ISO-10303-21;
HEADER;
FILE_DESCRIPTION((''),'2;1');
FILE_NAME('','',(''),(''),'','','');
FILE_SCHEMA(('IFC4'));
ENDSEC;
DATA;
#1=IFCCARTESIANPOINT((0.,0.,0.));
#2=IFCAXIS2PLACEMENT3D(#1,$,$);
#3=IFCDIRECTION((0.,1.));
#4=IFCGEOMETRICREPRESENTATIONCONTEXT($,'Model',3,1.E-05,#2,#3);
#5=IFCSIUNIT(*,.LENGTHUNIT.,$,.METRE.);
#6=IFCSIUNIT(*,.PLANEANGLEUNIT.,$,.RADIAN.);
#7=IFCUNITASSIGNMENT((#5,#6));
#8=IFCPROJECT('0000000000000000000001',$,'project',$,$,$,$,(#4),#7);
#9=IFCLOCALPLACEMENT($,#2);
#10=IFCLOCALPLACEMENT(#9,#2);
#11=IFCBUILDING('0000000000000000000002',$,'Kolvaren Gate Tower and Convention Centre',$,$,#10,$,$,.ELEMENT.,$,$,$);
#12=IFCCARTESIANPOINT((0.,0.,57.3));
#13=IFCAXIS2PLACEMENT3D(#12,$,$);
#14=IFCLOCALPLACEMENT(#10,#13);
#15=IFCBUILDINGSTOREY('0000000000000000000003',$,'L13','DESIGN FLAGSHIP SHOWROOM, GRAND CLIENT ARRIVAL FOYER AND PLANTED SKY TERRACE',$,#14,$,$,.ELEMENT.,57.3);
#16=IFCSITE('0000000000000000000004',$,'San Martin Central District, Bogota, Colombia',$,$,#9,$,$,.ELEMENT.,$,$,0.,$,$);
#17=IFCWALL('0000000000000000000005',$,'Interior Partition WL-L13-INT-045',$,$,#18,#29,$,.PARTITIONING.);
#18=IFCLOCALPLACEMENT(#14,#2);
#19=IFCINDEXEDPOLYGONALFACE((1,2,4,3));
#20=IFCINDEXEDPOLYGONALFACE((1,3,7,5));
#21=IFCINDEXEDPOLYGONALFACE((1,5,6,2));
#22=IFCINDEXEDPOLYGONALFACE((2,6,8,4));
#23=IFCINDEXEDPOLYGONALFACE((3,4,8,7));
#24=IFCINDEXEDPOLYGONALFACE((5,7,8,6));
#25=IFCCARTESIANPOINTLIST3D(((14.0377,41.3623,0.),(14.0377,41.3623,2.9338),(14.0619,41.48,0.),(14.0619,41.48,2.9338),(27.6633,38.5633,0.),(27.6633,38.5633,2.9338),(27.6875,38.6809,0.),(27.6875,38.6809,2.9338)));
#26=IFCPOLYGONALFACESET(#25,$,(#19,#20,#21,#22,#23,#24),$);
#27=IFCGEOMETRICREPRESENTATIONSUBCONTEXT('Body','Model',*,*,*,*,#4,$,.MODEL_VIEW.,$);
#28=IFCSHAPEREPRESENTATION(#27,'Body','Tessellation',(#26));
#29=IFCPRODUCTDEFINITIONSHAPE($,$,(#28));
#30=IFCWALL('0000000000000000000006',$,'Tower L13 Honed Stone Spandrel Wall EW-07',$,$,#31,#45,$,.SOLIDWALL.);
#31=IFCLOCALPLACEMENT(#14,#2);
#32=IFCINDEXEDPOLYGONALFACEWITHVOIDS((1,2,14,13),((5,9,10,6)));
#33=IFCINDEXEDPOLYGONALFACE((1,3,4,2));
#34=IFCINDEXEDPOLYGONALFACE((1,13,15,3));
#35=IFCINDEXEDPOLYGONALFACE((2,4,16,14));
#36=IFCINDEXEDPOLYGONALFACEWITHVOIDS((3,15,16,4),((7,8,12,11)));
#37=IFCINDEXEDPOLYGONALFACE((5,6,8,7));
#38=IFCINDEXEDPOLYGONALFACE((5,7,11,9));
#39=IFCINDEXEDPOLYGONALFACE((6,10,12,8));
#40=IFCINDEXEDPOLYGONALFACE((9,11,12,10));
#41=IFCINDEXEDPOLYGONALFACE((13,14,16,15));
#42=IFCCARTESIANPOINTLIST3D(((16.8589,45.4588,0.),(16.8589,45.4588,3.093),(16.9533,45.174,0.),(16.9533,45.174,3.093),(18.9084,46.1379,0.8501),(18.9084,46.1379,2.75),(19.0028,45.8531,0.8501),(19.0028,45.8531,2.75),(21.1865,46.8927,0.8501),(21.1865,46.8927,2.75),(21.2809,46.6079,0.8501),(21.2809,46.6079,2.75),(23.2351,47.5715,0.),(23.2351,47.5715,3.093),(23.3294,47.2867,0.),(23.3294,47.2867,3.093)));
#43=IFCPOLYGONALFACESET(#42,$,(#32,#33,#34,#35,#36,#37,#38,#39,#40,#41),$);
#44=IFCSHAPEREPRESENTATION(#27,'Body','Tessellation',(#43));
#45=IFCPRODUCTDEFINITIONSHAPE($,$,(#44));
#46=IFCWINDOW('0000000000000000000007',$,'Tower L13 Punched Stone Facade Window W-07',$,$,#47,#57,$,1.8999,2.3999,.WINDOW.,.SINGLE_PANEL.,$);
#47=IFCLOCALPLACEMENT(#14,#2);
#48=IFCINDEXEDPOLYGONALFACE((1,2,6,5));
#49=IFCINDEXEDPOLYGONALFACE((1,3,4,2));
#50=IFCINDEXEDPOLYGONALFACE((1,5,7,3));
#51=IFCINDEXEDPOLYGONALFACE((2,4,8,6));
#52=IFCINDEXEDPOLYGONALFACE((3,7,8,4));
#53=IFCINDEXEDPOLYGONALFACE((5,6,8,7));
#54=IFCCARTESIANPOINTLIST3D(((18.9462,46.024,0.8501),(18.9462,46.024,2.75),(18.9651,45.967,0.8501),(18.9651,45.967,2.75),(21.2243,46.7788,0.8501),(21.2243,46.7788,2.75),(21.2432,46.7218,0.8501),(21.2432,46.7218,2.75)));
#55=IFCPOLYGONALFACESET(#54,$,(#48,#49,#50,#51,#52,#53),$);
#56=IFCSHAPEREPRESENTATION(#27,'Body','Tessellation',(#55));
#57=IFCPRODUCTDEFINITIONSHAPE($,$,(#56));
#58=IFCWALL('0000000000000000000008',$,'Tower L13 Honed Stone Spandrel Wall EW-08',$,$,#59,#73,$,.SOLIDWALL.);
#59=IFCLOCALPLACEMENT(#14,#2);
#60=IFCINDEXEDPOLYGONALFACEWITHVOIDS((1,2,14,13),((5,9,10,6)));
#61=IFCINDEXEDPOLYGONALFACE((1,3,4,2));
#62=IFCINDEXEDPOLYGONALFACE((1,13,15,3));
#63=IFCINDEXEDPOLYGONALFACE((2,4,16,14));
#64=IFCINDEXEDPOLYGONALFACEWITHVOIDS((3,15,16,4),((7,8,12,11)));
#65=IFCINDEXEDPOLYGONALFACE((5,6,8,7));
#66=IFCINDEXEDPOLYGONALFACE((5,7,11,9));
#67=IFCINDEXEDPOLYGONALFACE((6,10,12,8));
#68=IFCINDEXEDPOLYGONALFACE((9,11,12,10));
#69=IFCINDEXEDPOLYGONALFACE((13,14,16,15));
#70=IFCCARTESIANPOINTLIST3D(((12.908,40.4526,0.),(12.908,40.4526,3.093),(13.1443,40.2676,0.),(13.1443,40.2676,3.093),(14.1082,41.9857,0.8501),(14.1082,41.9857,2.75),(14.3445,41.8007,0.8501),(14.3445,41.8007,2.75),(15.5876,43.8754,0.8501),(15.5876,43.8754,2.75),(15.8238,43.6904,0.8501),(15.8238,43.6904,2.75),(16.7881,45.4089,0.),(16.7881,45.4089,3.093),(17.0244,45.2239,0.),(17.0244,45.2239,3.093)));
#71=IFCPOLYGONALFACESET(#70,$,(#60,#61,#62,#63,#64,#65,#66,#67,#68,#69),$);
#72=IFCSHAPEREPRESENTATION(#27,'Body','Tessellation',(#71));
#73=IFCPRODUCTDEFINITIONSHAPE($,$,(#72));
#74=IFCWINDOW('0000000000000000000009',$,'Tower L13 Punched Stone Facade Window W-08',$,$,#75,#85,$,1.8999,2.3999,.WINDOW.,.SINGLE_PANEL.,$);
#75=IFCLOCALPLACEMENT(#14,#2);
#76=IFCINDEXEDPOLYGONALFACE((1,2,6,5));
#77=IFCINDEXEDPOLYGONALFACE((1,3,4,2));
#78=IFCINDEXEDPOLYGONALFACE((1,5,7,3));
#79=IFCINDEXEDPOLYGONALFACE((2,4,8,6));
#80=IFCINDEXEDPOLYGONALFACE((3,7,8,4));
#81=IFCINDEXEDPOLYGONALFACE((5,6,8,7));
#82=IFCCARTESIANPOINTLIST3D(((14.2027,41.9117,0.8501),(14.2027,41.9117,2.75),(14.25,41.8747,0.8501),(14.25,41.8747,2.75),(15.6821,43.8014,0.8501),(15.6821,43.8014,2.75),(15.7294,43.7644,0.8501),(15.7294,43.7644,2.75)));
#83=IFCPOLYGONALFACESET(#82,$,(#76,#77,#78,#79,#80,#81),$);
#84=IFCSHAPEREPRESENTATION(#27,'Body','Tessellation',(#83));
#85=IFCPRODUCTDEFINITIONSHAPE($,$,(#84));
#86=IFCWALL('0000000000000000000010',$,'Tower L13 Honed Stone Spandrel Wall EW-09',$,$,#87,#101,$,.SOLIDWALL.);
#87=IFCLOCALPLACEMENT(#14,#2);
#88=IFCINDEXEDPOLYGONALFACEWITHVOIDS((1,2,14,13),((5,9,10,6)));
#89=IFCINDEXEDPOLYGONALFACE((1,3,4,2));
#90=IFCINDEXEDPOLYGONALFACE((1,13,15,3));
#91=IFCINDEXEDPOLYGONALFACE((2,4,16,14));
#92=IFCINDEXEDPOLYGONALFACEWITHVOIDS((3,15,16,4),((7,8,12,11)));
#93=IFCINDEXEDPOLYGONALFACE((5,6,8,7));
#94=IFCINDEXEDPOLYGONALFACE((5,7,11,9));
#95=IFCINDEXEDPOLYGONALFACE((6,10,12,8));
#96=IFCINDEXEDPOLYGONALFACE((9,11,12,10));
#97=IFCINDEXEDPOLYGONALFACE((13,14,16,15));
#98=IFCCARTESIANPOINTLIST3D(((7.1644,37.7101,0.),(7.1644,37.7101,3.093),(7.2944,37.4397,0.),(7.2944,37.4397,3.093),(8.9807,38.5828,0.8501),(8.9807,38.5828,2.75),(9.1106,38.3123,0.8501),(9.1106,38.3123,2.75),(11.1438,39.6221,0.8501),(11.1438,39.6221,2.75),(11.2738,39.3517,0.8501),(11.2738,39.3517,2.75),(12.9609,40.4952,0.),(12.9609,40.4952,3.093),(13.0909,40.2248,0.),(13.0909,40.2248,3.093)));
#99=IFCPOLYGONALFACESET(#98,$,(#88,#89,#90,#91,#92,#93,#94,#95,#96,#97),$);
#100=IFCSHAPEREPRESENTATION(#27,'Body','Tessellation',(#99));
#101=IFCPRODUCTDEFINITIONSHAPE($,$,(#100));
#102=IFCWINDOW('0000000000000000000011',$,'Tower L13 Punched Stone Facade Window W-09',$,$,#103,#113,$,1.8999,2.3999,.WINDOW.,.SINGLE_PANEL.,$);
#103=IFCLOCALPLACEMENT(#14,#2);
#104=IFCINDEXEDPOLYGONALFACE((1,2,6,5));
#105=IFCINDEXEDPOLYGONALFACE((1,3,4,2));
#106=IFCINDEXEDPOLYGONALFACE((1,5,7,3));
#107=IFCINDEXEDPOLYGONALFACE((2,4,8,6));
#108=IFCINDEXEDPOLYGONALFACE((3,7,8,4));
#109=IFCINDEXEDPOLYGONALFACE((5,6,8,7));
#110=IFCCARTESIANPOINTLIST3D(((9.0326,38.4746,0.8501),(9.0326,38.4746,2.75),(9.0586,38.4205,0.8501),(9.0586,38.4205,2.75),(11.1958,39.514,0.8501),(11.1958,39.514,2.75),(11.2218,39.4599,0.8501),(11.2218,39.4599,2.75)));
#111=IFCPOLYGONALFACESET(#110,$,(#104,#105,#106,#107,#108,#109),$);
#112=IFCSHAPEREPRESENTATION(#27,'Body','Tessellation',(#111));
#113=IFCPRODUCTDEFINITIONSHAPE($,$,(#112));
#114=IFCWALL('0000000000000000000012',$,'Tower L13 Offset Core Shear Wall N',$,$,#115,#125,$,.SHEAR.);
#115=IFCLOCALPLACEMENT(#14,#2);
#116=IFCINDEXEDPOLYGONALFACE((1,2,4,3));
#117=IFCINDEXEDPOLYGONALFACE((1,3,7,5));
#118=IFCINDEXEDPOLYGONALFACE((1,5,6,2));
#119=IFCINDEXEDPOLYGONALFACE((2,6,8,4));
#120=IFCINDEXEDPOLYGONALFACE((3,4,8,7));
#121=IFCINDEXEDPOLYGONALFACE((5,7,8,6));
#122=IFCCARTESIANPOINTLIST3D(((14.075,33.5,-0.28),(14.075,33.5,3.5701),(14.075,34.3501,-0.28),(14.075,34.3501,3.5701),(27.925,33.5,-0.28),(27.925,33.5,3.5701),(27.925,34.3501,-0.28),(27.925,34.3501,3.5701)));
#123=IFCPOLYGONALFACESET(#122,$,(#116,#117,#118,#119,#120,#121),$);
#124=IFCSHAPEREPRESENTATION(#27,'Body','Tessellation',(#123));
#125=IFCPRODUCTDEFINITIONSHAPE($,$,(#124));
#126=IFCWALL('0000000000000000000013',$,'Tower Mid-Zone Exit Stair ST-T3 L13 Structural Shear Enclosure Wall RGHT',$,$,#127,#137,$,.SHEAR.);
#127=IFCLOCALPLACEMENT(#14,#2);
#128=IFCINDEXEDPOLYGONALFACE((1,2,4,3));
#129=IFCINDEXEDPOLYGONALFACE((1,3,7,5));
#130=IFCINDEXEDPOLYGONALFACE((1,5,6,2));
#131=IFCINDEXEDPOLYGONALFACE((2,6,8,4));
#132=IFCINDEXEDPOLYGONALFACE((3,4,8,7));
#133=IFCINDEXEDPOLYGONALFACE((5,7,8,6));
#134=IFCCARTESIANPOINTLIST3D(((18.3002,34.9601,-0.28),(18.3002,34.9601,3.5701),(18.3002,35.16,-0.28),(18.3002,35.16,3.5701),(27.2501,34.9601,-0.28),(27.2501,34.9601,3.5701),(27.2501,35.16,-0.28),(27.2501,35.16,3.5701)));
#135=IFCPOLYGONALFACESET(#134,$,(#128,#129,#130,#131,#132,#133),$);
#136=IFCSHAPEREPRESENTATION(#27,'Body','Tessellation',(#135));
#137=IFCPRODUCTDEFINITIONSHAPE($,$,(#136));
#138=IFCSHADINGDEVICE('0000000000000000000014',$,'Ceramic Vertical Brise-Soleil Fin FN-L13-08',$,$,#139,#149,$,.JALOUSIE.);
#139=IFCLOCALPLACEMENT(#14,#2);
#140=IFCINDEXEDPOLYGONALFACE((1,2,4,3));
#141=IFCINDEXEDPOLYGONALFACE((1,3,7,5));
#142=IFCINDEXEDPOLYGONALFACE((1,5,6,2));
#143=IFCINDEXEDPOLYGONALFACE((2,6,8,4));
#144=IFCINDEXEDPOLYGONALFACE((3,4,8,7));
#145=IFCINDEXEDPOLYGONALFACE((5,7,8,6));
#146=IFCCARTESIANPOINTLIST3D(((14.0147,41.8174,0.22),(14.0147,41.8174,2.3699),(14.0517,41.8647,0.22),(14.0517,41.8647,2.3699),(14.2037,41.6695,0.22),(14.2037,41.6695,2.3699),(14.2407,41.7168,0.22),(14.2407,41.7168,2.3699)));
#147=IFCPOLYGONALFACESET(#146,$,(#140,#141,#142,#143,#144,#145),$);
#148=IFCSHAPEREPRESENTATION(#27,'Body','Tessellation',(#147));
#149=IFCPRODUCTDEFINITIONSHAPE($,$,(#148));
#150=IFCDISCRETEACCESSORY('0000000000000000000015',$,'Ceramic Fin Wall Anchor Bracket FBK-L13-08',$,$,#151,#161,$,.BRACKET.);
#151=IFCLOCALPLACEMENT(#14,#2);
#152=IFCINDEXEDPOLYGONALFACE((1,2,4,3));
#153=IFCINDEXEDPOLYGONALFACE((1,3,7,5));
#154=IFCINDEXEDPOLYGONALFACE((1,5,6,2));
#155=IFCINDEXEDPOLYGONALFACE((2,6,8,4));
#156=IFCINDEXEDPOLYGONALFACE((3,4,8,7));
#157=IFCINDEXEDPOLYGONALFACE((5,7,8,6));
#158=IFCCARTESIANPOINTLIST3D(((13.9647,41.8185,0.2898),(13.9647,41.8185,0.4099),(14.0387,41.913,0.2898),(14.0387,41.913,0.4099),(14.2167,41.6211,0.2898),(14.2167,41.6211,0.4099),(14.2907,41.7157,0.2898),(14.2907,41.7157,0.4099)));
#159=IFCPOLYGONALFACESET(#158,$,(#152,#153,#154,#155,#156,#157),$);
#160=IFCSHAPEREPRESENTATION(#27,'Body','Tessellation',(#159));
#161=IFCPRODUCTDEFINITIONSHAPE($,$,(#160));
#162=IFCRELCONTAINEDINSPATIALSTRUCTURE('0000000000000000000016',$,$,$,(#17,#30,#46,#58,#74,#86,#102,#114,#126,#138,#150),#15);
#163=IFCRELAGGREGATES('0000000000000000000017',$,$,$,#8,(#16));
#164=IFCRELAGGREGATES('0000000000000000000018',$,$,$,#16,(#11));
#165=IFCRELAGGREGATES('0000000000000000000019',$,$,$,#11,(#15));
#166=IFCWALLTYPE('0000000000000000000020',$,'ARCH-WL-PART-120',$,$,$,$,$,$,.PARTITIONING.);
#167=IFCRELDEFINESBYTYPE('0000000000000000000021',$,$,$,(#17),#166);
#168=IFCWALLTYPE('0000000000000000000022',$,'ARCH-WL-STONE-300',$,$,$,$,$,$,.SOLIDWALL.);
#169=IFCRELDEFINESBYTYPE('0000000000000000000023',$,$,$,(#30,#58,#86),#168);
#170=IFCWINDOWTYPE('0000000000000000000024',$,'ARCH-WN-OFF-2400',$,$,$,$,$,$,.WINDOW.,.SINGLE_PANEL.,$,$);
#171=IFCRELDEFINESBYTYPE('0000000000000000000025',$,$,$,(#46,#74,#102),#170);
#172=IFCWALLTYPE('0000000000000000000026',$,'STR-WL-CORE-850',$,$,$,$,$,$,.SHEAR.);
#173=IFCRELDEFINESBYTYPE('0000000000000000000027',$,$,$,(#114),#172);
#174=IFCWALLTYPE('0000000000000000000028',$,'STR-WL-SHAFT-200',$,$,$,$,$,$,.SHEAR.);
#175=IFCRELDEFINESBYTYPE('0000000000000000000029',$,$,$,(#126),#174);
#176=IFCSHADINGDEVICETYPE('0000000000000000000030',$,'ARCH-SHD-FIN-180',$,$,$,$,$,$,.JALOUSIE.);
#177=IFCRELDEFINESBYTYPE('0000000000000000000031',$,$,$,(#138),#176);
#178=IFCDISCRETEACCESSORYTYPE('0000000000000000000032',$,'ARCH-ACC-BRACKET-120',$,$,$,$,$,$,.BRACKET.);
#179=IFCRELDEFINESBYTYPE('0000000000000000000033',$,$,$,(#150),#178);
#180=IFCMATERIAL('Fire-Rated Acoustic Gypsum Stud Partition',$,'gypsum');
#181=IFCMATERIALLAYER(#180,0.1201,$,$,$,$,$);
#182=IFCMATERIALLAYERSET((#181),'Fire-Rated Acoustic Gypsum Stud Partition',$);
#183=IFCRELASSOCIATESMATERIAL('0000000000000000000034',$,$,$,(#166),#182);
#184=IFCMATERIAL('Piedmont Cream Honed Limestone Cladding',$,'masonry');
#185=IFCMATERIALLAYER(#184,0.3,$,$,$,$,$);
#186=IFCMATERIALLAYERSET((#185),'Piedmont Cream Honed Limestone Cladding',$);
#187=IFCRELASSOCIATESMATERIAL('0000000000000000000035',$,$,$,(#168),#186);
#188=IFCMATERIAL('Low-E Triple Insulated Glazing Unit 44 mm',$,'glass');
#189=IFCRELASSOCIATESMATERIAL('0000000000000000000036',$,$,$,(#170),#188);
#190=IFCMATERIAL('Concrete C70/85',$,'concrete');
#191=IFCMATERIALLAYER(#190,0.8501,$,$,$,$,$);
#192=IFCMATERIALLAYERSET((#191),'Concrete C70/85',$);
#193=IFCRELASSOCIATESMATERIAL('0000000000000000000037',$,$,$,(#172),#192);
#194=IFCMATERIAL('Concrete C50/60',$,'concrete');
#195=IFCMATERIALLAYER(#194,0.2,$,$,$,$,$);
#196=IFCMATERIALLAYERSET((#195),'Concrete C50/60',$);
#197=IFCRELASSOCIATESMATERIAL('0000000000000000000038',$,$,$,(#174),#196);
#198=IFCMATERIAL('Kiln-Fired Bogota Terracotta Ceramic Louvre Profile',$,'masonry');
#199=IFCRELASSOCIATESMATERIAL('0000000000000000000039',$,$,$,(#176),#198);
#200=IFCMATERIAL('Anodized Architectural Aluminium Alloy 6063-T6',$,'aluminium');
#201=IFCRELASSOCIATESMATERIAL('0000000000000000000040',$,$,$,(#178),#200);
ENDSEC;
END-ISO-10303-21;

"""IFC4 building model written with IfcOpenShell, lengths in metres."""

from ifc_helpers import new_model, si_unit, direction, frame, frame_2d, origin, origin_2d, place, context, subcontext, project, spatial, rectangle, extrude, material, layer, layer_set, type_object, element, fill, save


model = new_model("IFC4")

# Units and contexts
model_context = context("Model", 3, precision=1e-05, world=origin(), true_north=direction((0.0, 1.0)))
body_context = subcontext(model_context, "Body", "Model", "MODEL_VIEW")
ifc_project = project(units=[si_unit("LENGTHUNIT", "METRE"), si_unit("PLANEANGLEUNIT", "RADIAN")], contexts=[model_context])

# Site, building, storey
site_placement = place(None, origin())
site = spatial("IfcSite", under=ifc_project, at=site_placement, Name="San Martin Central District, Bogota, Colombia", CompositionType="ELEMENT", RefElevation=0.0)
building_placement = place(site_placement, origin())
building = spatial("IfcBuilding", under=site, at=building_placement, Name="Kolvaren Gate Tower and Convention Centre", CompositionType="ELEMENT")
storey_placement = place(building_placement, frame((0.0, 0.0, 57.3)))
storey = spatial("IfcBuildingStorey", under=building, at=storey_placement, Name="L13", Description="DESIGN FLAGSHIP SHOWROOM, GRAND CLIENT ARRIVAL FOYER AND PLANTED SKY TERRACE", CompositionType="ELEMENT", Elevation=57.3)

# Shared definitions
ifc_material_1 = material(Name="Concrete C70/85", Category="concrete")

# Wall
ifc_material_2 = material(Name="Fire-Rated Acoustic Gypsum Stud Partition", Category="gypsum")
ifc_layer_1 = layer(ifc_material_2, 0.1201)
ifc_layer_set_1 = layer_set([ifc_layer_1], Name="Fire-Rated Acoustic Gypsum Stud Partition")
wall_type_1 = type_object("IfcWallType", Name="ARCH-WL-PART-120", PredefinedType="PARTITIONING", material=ifc_layer_set_1)
wall_1_placement = place(storey_placement, frame((14.0498, 41.4211, 0.0), z_axis=(0.0, 0.0, 1.0), x_axis=(0.979545, -0.201224, 0.0)))
element("IfcWall", 1, at=wall_1_placement, inside=storey, type_object=wall_type_1, Name="Interior Partition WL-L13-INT-045", PredefinedType="PARTITIONING", context=body_context, shape_type="SweptSolid", body=[
    extrude(rectangle(XDim=13.9102, YDim=0.1201, at=frame_2d((6.9551, 0.0))), origin(), (0.0, 0.0, 1.0), 2.9338),
])

# Walls, openings, windows
ifc_material_3 = material(Name="Piedmont Cream Honed Limestone Cladding", Category="masonry")
ifc_layer_2 = layer(ifc_material_3, 0.3)
ifc_layer_set_2 = layer_set([ifc_layer_2], Name="Piedmont Cream Honed Limestone Cladding")
wall_type_2 = type_object("IfcWallType", Name="ARCH-WL-STONE-300", PredefinedType="SOLIDWALL", material=ifc_layer_set_2)
wall_2_placement = place(storey_placement, frame((16.9062, 45.3164, 0.0), z_axis=(0.0, 0.0, 1.0), x_axis=(0.949245, 0.314537, 0.0)))
wall_2 = element("IfcWall", 2, at=wall_2_placement, inside=storey, type_object=wall_type_2, Name="Tower L13 Honed Stone Spandrel Wall EW-07", PredefinedType="SOLIDWALL", context=body_context, shape_type="SweptSolid", body=[
    extrude(rectangle(XDim=6.717, YDim=0.3, at=frame_2d((3.3584, 0.0))), origin(), (0.0, 0.0, 1.0), 3.093),
])
opening_1_placement = place(wall_2_placement, frame((2.1589, 0.0, 0.8501)))
opening_1 = element("IfcOpeningElement", 3, at=opening_1_placement, cuts=wall_2, PredefinedType="OPENING", context=body_context, shape_type="SweptSolid", body=[
    extrude(rectangle(XDim=2.3999, YDim=1.8999, at=frame_2d((1.2, 0.95))), frame((0.0, 0.1599, 0.0), z_axis=(0.0, -1.0, 0.0), x_axis=(1.0, 0.0, 0.0)), (0.0, 0.0, 1.0), 0.3201),
])
ifc_material_4 = material(Name="Low-E Triple Insulated Glazing Unit 44 mm", Category="glass")
window_type = type_object("IfcWindowType", Name="ARCH-WN-OFF-2400", PartitioningType="SINGLE_PANEL", PredefinedType="WINDOW", material=ifc_material_4)
window_1_placement = place(opening_1_placement, origin())
window_1 = element("IfcWindow", 4, at=window_1_placement, inside=storey, type_object=window_type, Name="Tower L13 Punched Stone Facade Window W-07", OverallHeight=1.8999, OverallWidth=2.3999, PartitioningType="SINGLE_PANEL", PredefinedType="WINDOW", context=body_context, shape_type="SweptSolid", body=[
    extrude(rectangle(XDim=2.3999, YDim=1.8999, at=frame_2d((1.2, 0.95))), frame((0.0, 0.03, 0.0), z_axis=(0.0, -1.0, 0.0), x_axis=(1.0, 0.0, 0.0)), (0.0, 0.0, 1.0), 0.0601),
])
fill(opening_1, window_1)
wall_3_placement = place(storey_placement, frame((13.0261, 40.3601, 0.0), z_axis=(0.0, 0.0, 1.0), x_axis=(0.616435, 0.787406, 0.0)))
wall_3 = element("IfcWall", 5, at=wall_3_placement, inside=storey, type_object=wall_type_2, Name="Tower L13 Honed Stone Spandrel Wall EW-08", PredefinedType="SOLIDWALL", context=body_context, shape_type="SweptSolid", body=[
    extrude(rectangle(XDim=6.2944, YDim=0.3, at=frame_2d((3.1472, 0.0))), origin(), (0.0, 0.0, 1.0), 3.093),
])
opening_2_placement = place(wall_3_placement, frame((1.947, 0.0, 0.8501)))
opening_2 = element("IfcOpeningElement", 6, at=opening_2_placement, cuts=wall_3, PredefinedType="OPENING", context=body_context, shape_type="SweptSolid", body=[
    extrude(rectangle(XDim=2.3999, YDim=1.8999, at=frame_2d((1.2, 0.95))), frame((0.0, 0.1599, 0.0), z_axis=(0.0, -1.0, 0.0), x_axis=(1.0, 0.0, 0.0)), (0.0, 0.0, 1.0), 0.3201),
])
window_2_placement = place(opening_2_placement, origin())
window_2 = element("IfcWindow", 7, at=window_2_placement, inside=storey, type_object=window_type, Name="Tower L13 Punched Stone Facade Window W-08", OverallHeight=1.8999, OverallWidth=2.3999, PartitioningType="SINGLE_PANEL", PredefinedType="WINDOW", context=body_context, shape_type="SweptSolid", body=[
    extrude(rectangle(XDim=2.3999, YDim=1.8999, at=frame_2d((1.2, 0.95))), frame((0.0, 0.03, 0.0), z_axis=(0.0, -1.0, 0.0), x_axis=(1.0, 0.0, 0.0)), (0.0, 0.0, 1.0), 0.0601),
])
fill(opening_2, window_2)
wall_4_placement = place(storey_placement, frame((7.2295, 37.575, 0.0), z_axis=(0.0, 0.0, 1.0), x_axis=(0.901355, 0.433082, 0.0)))
wall_4 = element("IfcWall", 8, at=wall_4_placement, inside=storey, type_object=wall_type_2, Name="Tower L13 Honed Stone Spandrel Wall EW-09", PredefinedType="SOLIDWALL", context=body_context, shape_type="SweptSolid", body=[
    extrude(rectangle(XDim=6.4309, YDim=0.3, at=frame_2d((3.2153, 0.0))), origin(), (0.0, 0.0, 1.0), 3.093),
])
opening_3_placement = place(wall_4_placement, frame((2.0149, 0.0, 0.8501)))
opening_3 = element("IfcOpeningElement", 9, at=opening_3_placement, cuts=wall_4, PredefinedType="OPENING", context=body_context, shape_type="SweptSolid", body=[
    extrude(rectangle(XDim=2.3999, YDim=1.8999, at=frame_2d((1.2, 0.95))), frame((0.0, 0.1599, 0.0), z_axis=(0.0, -1.0, 0.0), x_axis=(1.0, 0.0, 0.0)), (0.0, 0.0, 1.0), 0.3201),
])
window_3_placement = place(opening_3_placement, origin())
window_3 = element("IfcWindow", 10, at=window_3_placement, inside=storey, type_object=window_type, Name="Tower L13 Punched Stone Facade Window W-09", OverallHeight=1.8999, OverallWidth=2.3999, PartitioningType="SINGLE_PANEL", PredefinedType="WINDOW", context=body_context, shape_type="SweptSolid", body=[
    extrude(rectangle(XDim=2.3999, YDim=1.8999, at=frame_2d((1.2, 0.95))), frame((0.0, 0.03, 0.0), z_axis=(0.0, -1.0, 0.0), x_axis=(1.0, 0.0, 0.0)), (0.0, 0.0, 1.0), 0.0601),
])
fill(opening_3, window_3)

# Walls
ifc_layer_3 = layer(ifc_material_1, 0.8501)
ifc_layer_set_3 = layer_set([ifc_layer_3], Name="Concrete C70/85")
wall_type_3 = type_object("IfcWallType", Name="STR-WL-CORE-850", PredefinedType="SHEAR", material=ifc_layer_set_3)
wall_5_placement = place(storey_placement, frame((14.075, 33.925, -0.28), z_axis=(0.0, 0.0, 1.0), x_axis=(1.0, 0.0, 0.0)))
element("IfcWall", 11, at=wall_5_placement, inside=storey, type_object=wall_type_3, Name="Tower L13 Offset Core Shear Wall N", PredefinedType="SHEAR", context=body_context, shape_type="SweptSolid", body=[
    extrude(rectangle(XDim=13.8501, YDim=0.8501, at=frame_2d((6.925, 0.0))), origin(), (0.0, 0.0, 1.0), 3.8501),
])
ifc_material_5 = material(Name="Concrete C50/60", Category="concrete")
ifc_layer_4 = layer(ifc_material_5, 0.2)
ifc_layer_set_4 = layer_set([ifc_layer_4], Name="Concrete C50/60")
wall_type_4 = type_object("IfcWallType", Name="STR-WL-SHAFT-200", PredefinedType="SHEAR", material=ifc_layer_set_4)
wall_6_placement = place(storey_placement, frame((18.3, 35.0601, -0.28), z_axis=(0.0, 0.0, 1.0), x_axis=(1.0, 0.0, 0.0)))
element("IfcWall", 12, at=wall_6_placement, inside=storey, type_object=wall_type_4, Name="Tower Mid-Zone Exit Stair ST-T3 L13 Structural Shear Enclosure Wall RGHT", PredefinedType="SHEAR", context=body_context, shape_type="SweptSolid", body=[
    extrude(rectangle(XDim=8.95, YDim=0.2, at=frame_2d((4.4751, 0.0))), origin(), (0.0, 0.0, 1.0), 3.8501),
])

# Shading device
ifc_material_6 = material(Name="Kiln-Fired Bogota Terracotta Ceramic Louvre Profile", Category="masonry")
shading_device_type = type_object("IfcShadingDeviceType", Name="ARCH-SHD-FIN-180", PredefinedType="JALOUSIE", material=ifc_material_6)
shading_device_placement = place(storey_placement, frame((14.1277, 41.7671, 0.22), z_axis=(0.0, 0.0, 1.0), x_axis=(0.616442, 0.7874, 0.0)))
element("IfcShadingDevice", 13, at=shading_device_placement, inside=storey, type_object=shading_device_type, Name="Ceramic Vertical Brise-Soleil Fin FN-L13-08", PredefinedType="JALOUSIE", context=body_context, shape_type="SweptSolid", body=[
    extrude(rectangle(XDim=0.0601, YDim=0.24, at=origin_2d()), origin(), (0.0, 0.0, 1.0), 2.1499),
])

# Discrete accessory
ifc_material_7 = material(Name="Anodized Architectural Aluminium Alloy 6063-T6", Category="aluminium")
discrete_accessory_type = type_object("IfcDiscreteAccessoryType", Name="ARCH-ACC-BRACKET-120", PredefinedType="BRACKET", material=ifc_material_7)
discrete_accessory_placement = place(storey_placement, frame((14.1277, 41.7671, 0.2898), z_axis=(0.0, 0.0, 1.0), x_axis=(0.616442, 0.7874, 0.0)))
element("IfcDiscreteAccessory", 14, at=discrete_accessory_placement, inside=storey, type_object=discrete_accessory_type, Name="Ceramic Fin Wall Anchor Bracket FBK-L13-08", PredefinedType="BRACKET", context=body_context, shape_type="SweptSolid", body=[
    extrude(rectangle(XDim=0.1201, YDim=0.3201, at=origin_2d()), origin(), (0.0, 0.0, 1.0), 0.1201),
])

save(model, "model.ifc")
